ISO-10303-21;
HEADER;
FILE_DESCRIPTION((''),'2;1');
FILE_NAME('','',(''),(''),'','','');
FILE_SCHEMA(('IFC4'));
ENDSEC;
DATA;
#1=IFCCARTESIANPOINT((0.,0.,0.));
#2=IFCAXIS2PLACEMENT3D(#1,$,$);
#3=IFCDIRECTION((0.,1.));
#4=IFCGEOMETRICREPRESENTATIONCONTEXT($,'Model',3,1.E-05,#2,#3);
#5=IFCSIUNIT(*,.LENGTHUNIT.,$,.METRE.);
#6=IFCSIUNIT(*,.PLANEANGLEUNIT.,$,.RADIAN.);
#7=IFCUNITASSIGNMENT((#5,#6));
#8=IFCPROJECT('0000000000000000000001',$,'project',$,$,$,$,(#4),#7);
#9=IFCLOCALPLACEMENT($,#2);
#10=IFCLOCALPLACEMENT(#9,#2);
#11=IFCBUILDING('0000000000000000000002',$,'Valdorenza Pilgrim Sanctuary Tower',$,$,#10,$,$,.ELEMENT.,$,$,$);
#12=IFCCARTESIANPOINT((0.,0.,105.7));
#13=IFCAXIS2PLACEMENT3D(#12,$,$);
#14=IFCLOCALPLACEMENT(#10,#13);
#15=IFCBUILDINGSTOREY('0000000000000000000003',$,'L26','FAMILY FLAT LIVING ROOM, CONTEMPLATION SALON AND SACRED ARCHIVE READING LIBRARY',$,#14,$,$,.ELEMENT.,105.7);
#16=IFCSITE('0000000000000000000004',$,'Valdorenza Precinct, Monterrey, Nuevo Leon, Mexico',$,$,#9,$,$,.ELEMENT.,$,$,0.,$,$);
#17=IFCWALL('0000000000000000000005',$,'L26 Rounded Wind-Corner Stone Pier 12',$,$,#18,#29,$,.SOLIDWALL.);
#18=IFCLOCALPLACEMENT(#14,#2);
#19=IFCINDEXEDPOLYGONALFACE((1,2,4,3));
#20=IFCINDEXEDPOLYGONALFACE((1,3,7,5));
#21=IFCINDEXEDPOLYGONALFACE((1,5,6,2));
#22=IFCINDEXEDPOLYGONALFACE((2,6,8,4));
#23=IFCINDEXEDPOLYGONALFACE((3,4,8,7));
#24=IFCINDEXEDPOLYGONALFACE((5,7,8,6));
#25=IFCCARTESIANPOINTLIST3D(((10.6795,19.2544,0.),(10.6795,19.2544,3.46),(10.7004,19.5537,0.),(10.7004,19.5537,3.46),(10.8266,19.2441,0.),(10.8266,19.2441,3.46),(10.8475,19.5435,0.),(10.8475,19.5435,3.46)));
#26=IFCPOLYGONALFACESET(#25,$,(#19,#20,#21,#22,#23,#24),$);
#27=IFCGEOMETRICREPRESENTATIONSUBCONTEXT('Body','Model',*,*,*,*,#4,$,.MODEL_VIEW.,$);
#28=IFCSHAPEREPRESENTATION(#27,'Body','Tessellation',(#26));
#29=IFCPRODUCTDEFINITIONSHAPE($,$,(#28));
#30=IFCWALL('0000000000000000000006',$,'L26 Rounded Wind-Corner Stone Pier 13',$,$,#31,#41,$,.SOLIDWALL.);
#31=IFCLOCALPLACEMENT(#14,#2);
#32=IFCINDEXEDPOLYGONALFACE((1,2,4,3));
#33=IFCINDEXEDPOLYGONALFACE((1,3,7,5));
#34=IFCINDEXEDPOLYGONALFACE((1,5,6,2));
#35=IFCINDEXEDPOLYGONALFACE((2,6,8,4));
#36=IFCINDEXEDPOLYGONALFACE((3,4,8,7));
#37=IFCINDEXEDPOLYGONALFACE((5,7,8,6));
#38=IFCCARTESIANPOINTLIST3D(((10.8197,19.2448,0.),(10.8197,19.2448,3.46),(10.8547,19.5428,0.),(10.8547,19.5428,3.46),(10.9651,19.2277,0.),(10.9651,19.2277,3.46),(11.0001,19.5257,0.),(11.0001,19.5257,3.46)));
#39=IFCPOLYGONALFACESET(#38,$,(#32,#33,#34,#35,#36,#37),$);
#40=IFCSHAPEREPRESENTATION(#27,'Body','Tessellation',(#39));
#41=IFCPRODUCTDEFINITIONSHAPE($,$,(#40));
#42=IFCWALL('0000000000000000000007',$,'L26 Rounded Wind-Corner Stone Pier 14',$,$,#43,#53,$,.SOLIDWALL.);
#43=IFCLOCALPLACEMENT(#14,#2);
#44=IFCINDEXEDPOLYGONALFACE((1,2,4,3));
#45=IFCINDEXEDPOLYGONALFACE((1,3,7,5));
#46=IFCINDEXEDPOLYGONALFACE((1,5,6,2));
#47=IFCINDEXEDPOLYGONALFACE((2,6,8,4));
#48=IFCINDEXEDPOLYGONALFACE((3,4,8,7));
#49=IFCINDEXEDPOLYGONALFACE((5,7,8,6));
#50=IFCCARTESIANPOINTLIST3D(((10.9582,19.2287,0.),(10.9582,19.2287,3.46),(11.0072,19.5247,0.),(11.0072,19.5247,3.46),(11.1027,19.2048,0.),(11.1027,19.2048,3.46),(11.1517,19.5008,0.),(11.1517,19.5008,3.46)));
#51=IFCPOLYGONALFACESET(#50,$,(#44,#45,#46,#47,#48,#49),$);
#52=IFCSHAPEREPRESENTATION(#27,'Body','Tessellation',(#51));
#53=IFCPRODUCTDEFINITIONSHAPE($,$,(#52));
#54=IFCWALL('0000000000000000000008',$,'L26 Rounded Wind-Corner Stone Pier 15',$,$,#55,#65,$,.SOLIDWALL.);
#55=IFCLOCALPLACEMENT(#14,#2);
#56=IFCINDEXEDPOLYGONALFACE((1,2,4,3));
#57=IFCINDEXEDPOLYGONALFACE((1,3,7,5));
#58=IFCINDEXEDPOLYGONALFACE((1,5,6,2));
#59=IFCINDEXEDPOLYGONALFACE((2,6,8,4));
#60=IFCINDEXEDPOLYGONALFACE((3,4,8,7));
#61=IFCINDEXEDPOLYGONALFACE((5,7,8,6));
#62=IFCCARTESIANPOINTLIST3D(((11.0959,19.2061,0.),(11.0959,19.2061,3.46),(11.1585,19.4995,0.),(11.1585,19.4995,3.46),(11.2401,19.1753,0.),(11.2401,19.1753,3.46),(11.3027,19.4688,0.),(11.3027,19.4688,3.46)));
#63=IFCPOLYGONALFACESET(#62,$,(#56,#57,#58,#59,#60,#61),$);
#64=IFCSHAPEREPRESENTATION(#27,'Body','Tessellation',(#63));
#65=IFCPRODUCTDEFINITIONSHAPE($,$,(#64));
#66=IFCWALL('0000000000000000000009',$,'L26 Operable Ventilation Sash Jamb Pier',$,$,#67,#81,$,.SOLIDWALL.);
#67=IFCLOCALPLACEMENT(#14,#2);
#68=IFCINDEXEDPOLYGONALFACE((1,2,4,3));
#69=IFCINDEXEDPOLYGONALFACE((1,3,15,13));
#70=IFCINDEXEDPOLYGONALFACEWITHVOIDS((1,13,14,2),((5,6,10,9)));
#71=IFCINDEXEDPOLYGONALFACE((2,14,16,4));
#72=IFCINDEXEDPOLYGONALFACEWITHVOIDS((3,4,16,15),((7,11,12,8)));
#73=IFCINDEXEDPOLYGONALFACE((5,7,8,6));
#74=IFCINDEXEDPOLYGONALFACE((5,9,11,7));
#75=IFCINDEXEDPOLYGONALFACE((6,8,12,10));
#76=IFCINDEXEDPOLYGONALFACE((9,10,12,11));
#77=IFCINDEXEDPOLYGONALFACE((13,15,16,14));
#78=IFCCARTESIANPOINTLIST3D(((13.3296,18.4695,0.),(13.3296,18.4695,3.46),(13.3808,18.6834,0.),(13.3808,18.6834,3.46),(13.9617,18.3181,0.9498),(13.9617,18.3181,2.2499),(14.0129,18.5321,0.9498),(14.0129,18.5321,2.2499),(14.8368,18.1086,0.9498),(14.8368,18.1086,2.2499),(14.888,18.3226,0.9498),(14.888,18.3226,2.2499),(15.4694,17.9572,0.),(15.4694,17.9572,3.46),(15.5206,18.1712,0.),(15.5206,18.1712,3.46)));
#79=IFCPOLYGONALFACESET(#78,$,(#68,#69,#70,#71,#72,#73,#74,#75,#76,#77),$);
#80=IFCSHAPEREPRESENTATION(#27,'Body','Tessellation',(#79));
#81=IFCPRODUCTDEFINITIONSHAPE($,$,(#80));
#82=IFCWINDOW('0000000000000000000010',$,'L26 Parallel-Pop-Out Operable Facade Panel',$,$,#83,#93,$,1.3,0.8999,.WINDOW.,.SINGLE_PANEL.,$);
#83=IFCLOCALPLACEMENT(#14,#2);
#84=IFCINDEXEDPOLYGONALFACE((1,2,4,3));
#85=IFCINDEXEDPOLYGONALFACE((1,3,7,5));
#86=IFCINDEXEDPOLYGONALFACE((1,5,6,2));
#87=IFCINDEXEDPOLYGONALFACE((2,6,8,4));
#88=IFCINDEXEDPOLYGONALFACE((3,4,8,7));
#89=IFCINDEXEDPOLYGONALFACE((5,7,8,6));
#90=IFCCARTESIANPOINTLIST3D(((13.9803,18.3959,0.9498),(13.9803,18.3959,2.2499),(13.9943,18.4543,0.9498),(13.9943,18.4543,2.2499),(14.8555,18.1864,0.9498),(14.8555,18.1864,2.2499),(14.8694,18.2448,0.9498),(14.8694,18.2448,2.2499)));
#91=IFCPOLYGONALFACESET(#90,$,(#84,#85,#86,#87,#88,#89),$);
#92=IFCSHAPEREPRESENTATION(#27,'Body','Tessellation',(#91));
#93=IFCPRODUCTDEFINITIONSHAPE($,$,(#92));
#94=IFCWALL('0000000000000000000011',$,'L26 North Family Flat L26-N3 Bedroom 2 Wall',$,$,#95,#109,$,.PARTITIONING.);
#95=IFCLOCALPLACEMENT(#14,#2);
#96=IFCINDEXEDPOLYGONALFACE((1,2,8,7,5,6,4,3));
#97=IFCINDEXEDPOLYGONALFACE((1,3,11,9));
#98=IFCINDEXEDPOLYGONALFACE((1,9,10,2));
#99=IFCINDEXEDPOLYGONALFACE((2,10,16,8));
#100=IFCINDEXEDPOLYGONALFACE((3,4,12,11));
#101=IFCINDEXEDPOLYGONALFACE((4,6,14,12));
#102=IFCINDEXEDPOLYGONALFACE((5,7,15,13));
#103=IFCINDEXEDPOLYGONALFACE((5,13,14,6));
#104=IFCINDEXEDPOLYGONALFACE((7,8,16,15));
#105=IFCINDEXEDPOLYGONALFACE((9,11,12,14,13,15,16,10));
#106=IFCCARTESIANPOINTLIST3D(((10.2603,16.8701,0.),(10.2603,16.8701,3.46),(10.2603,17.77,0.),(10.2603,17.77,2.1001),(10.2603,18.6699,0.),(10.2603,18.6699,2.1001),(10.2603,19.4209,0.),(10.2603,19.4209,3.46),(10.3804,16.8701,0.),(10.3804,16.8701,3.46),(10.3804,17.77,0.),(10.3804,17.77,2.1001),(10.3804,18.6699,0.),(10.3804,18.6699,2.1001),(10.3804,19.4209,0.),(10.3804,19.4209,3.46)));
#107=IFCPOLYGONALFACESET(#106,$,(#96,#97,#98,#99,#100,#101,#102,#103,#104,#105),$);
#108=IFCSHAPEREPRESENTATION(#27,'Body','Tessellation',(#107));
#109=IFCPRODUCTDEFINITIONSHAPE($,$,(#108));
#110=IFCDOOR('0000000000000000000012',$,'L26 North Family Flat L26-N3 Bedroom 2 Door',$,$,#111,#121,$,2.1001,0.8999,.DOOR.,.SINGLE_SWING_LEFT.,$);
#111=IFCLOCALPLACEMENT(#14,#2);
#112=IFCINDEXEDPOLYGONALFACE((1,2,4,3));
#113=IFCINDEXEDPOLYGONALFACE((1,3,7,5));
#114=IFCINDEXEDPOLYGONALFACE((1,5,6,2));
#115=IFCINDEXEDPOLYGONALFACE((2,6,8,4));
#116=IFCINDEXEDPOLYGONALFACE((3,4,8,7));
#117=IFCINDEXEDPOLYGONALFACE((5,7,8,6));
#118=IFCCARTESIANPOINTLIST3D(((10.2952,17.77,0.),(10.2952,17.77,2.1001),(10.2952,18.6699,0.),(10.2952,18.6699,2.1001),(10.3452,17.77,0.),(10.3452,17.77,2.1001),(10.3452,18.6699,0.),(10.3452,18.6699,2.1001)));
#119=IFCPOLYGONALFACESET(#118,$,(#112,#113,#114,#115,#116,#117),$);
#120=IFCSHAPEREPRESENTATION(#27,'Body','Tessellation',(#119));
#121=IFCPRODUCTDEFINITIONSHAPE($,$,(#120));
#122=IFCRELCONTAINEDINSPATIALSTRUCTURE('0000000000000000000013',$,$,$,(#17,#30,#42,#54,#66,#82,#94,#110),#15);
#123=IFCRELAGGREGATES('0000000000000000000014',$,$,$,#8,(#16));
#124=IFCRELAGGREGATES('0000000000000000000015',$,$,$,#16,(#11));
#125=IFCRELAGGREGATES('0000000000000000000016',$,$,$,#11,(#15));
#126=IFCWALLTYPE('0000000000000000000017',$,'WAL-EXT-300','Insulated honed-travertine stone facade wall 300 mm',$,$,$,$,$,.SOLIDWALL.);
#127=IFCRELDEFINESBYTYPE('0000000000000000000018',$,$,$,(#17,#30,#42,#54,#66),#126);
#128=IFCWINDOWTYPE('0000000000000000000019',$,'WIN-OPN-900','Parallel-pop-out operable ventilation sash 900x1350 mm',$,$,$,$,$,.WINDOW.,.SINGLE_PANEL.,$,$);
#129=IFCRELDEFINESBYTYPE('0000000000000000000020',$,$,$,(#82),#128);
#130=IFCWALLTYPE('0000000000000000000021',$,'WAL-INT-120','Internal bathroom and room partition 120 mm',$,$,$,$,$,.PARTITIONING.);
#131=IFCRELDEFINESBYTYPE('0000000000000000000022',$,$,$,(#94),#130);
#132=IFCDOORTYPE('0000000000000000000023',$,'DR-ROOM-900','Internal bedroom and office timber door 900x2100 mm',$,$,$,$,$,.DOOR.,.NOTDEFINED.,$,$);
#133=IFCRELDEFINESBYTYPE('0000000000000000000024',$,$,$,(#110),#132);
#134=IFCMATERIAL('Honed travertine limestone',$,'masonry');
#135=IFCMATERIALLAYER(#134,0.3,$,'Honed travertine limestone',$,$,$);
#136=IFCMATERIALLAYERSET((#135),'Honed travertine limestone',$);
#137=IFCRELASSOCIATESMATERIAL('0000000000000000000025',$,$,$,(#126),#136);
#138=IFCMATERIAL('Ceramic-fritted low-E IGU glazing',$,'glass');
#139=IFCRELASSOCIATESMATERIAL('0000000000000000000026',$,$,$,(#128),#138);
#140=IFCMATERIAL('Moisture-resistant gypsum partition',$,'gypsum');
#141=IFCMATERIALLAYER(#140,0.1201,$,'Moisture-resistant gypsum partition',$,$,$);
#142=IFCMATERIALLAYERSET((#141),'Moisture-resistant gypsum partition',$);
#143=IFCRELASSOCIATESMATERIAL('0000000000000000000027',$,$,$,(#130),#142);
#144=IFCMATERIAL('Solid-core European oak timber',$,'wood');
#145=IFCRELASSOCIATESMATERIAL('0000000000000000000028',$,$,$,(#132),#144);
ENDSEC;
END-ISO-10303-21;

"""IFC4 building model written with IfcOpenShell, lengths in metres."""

from ifc_helpers import new_model, si_unit, direction, frame, frame_2d, origin, place, context, subcontext, project, spatial, rectangle, extrude, material, layer, layer_set, type_object, element, fill, save


model = new_model("IFC4")

# Units and contexts
model_context = context("Model", 3, precision=1e-05, world=origin(), true_north=direction((0.0, 1.0)))
body_context = subcontext(model_context, "Body", "Model", "MODEL_VIEW")
ifc_project = project(units=[si_unit("LENGTHUNIT", "METRE"), si_unit("PLANEANGLEUNIT", "RADIAN")], contexts=[model_context])

# Site, building, storey
site_placement = place(None, origin())
site = spatial("IfcSite", under=ifc_project, at=site_placement, Name="Valdorenza Precinct, Monterrey, Nuevo Leon, Mexico", CompositionType="ELEMENT", RefElevation=0.0)
building_placement = place(site_placement, origin())
building = spatial("IfcBuilding", under=site, at=building_placement, Name="Valdorenza Pilgrim Sanctuary Tower", CompositionType="ELEMENT")
storey_placement = place(building_placement, frame((0.0, 0.0, 105.7)))
storey = spatial("IfcBuildingStorey", under=building, at=storey_placement, Name="L26", Description="FAMILY FLAT LIVING ROOM, CONTEMPLATION SALON AND SACRED ARCHIVE READING LIBRARY", CompositionType="ELEMENT", Elevation=105.7)

# Shared definitions
ifc_material_1 = material(Name="Honed travertine limestone", Category="masonry")
ifc_material_2 = material(Name="Ceramic-fritted low-E IGU glazing", Category="glass")

# Walls
ifc_layer_1 = layer(ifc_material_1, 0.3, Name="Honed travertine limestone")
ifc_layer_set_1 = layer_set([ifc_layer_1], Name="Honed travertine limestone")
wall_type_1 = type_object("IfcWallType", Name="WAL-EXT-300", Description="Insulated honed-travertine stone facade wall 300 mm", PredefinedType="SOLIDWALL", material=ifc_layer_set_1)
wall_1_placement = place(storey_placement, frame((10.6899, 19.4041, 0.0), z_axis=(0.0, 0.0, 1.0), x_axis=(0.997583, -0.069483, 0.0)))
element("IfcWall", 1, at=wall_1_placement, inside=storey, type_object=wall_type_1, Name="L26 Rounded Wind-Corner Stone Pier 12", PredefinedType="SOLIDWALL", context=body_context, shape_type="SweptSolid", body=[
    extrude(rectangle(XDim=0.1475, YDim=0.3, at=frame_2d((0.0737, 0.0))), origin(), (0.0, 0.0, 1.0), 3.46),
])
for number, where, z_axis, x_axis, name in (
    (2, (10.8372, 19.3938, 0.0), (0.0, 0.0, 1.0), (0.993173, -0.116648, 0.0), "L26 Rounded Wind-Corner Stone Pier 13"),
    (3, (10.9827, 19.3767, 0.0), (0.0, 0.0, 1.0), (0.986573, -0.163318, 0.0), "L26 Rounded Wind-Corner Stone Pier 14"),
):
    element("IfcWall", number, at=place(storey_placement, frame(where, z_axis=z_axis, x_axis=x_axis)), inside=storey, type_object=wall_type_1, Name=name, PredefinedType="SOLIDWALL", context=body_context, shape_type="SweptSolid", body=[
        extrude(rectangle(XDim=0.1465, YDim=0.3, at=frame_2d((0.0732, 0.0))), origin(), (0.0, 0.0, 1.0), 3.46),
    ])
wall_2_placement = place(storey_placement, frame((11.1272, 19.3528, 0.0), z_axis=(0.0, 0.0, 1.0), x_axis=(0.97802, -0.208512, 0.0)))
element("IfcWall", 4, at=wall_2_placement, inside=storey, type_object=wall_type_1, Name="L26 Rounded Wind-Corner Stone Pier 15", PredefinedType="SOLIDWALL", context=body_context, shape_type="SweptSolid", body=[
    extrude(rectangle(XDim=0.1475, YDim=0.3, at=frame_2d((0.0737, 0.0))), origin(), (0.0, 0.0, 1.0), 3.46),
])

# Wall, opening, window
wall_3_placement = place(storey_placement, frame((13.3552, 18.5764, 0.0), z_axis=(0.0, 0.0, 1.0), x_axis=(0.972522, -0.232811, 0.0)))
wall_3 = element("IfcWall", 5, at=wall_3_placement, inside=storey, type_object=wall_type_1, Name="L26 Operable Ventilation Sash Jamb Pier", PredefinedType="SOLIDWALL", context=body_context, shape_type="SweptSolid", body=[
    extrude(rectangle(XDim=2.2002, YDim=0.22, at=frame_2d((1.1001, 0.0))), origin(), (0.0, 0.0, 1.0), 3.46),
])
opening_1_placement = place(wall_3_placement, frame((0.6499, 0.0, 0.95)))
opening_1 = element("IfcOpeningElement", 6, at=opening_1_placement, cuts=wall_3, PredefinedType="OPENING", context=body_context, shape_type="SweptSolid", body=[
    extrude(rectangle(XDim=0.8999, YDim=1.3, at=frame_2d((0.45, 0.6499))), frame((0.0, 0.125, 0.0), z_axis=(0.0, -1.0, 0.0), x_axis=(1.0, 0.0, 0.0)), (0.0, 0.0, 1.0), 0.2498),
])
window_type = type_object("IfcWindowType", Name="WIN-OPN-900", Description="Parallel-pop-out operable ventilation sash 900x1350 mm", PartitioningType="SINGLE_PANEL", PredefinedType="WINDOW", material=ifc_material_2)
window_placement = place(opening_1_placement, origin())
window = element("IfcWindow", 7, at=window_placement, inside=storey, type_object=window_type, Name="L26 Parallel-Pop-Out Operable Facade Panel", OverallHeight=1.3, OverallWidth=0.8999, PartitioningType="SINGLE_PANEL", PredefinedType="WINDOW", context=body_context, shape_type="SweptSolid", body=[
    extrude(rectangle(XDim=0.8999, YDim=1.3, at=frame_2d((0.45, 0.6499))), frame((0.0, 0.03, 0.0), z_axis=(0.0, -1.0, 0.0), x_axis=(1.0, 0.0, 0.0)), (0.0, 0.0, 1.0), 0.0601),
])
fill(opening_1, window)

# Wall, opening, door
ifc_material_3 = material(Name="Moisture-resistant gypsum partition", Category="gypsum")
ifc_layer_2 = layer(ifc_material_3, 0.1201, Name="Moisture-resistant gypsum partition")
ifc_layer_set_2 = layer_set([ifc_layer_2], Name="Moisture-resistant gypsum partition")
wall_type_2 = type_object("IfcWallType", Name="WAL-INT-120", Description="Internal bathroom and room partition 120 mm", PredefinedType="PARTITIONING", material=ifc_layer_set_2)
wall_4_placement = place(storey_placement, frame((10.3203, 16.8701, 0.0), z_axis=(0.0, 0.0, 1.0), x_axis=(0.0, 1.0, 0.0)))
wall_4 = element("IfcWall", 8, at=wall_4_placement, inside=storey, type_object=wall_type_2, Name="L26 North Family Flat L26-N3 Bedroom 2 Wall", PredefinedType="PARTITIONING", context=body_context, shape_type="SweptSolid", body=[
    extrude(rectangle(XDim=2.5508, YDim=0.1201, at=frame_2d((1.2754, 0.0))), origin(), (0.0, 0.0, 1.0), 3.46),
])
opening_2_placement = place(wall_4_placement, frame((0.8999, 0.0, 0.0)))
opening_2 = element("IfcOpeningElement", 9, at=opening_2_placement, cuts=wall_4, PredefinedType="OPENING", context=body_context, shape_type="SweptSolid", body=[
    extrude(rectangle(XDim=0.8999, YDim=2.1001, at=frame_2d((0.45, 1.05))), frame((0.0, 0.075, 0.0), z_axis=(0.0, -1.0, 0.0), x_axis=(1.0, 0.0, 0.0)), (0.0, 0.0, 1.0), 0.1499),
])
ifc_material_4 = material(Name="Solid-core European oak timber", Category="wood")
door_type = type_object("IfcDoorType", Name="DR-ROOM-900", Description="Internal bedroom and office timber door 900x2100 mm", OperationType="NOTDEFINED", PredefinedType="DOOR", material=ifc_material_4)
door_placement = place(opening_2_placement, frame((0.8999, 0.0, 0.0), z_axis=(0.0, 0.0, 1.0), x_axis=(-1.0, 0.0, 0.0)))
door = element("IfcDoor", 10, at=door_placement, inside=storey, type_object=door_type, Name="L26 North Family Flat L26-N3 Bedroom 2 Door", OperationType="SINGLE_SWING_LEFT", OverallHeight=2.1001, OverallWidth=0.8999, PredefinedType="DOOR", context=body_context, shape_type="SweptSolid", body=[
    extrude(rectangle(XDim=0.8999, YDim=2.1001, at=frame_2d((0.45, 1.05))), frame((0.0, 0.0249, 0.0), z_axis=(0.0, -1.0, 0.0), x_axis=(1.0, 0.0, 0.0)), (0.0, 0.0, 1.0), 0.05),
])
fill(opening_2, door)

save(model, "model.ifc")
